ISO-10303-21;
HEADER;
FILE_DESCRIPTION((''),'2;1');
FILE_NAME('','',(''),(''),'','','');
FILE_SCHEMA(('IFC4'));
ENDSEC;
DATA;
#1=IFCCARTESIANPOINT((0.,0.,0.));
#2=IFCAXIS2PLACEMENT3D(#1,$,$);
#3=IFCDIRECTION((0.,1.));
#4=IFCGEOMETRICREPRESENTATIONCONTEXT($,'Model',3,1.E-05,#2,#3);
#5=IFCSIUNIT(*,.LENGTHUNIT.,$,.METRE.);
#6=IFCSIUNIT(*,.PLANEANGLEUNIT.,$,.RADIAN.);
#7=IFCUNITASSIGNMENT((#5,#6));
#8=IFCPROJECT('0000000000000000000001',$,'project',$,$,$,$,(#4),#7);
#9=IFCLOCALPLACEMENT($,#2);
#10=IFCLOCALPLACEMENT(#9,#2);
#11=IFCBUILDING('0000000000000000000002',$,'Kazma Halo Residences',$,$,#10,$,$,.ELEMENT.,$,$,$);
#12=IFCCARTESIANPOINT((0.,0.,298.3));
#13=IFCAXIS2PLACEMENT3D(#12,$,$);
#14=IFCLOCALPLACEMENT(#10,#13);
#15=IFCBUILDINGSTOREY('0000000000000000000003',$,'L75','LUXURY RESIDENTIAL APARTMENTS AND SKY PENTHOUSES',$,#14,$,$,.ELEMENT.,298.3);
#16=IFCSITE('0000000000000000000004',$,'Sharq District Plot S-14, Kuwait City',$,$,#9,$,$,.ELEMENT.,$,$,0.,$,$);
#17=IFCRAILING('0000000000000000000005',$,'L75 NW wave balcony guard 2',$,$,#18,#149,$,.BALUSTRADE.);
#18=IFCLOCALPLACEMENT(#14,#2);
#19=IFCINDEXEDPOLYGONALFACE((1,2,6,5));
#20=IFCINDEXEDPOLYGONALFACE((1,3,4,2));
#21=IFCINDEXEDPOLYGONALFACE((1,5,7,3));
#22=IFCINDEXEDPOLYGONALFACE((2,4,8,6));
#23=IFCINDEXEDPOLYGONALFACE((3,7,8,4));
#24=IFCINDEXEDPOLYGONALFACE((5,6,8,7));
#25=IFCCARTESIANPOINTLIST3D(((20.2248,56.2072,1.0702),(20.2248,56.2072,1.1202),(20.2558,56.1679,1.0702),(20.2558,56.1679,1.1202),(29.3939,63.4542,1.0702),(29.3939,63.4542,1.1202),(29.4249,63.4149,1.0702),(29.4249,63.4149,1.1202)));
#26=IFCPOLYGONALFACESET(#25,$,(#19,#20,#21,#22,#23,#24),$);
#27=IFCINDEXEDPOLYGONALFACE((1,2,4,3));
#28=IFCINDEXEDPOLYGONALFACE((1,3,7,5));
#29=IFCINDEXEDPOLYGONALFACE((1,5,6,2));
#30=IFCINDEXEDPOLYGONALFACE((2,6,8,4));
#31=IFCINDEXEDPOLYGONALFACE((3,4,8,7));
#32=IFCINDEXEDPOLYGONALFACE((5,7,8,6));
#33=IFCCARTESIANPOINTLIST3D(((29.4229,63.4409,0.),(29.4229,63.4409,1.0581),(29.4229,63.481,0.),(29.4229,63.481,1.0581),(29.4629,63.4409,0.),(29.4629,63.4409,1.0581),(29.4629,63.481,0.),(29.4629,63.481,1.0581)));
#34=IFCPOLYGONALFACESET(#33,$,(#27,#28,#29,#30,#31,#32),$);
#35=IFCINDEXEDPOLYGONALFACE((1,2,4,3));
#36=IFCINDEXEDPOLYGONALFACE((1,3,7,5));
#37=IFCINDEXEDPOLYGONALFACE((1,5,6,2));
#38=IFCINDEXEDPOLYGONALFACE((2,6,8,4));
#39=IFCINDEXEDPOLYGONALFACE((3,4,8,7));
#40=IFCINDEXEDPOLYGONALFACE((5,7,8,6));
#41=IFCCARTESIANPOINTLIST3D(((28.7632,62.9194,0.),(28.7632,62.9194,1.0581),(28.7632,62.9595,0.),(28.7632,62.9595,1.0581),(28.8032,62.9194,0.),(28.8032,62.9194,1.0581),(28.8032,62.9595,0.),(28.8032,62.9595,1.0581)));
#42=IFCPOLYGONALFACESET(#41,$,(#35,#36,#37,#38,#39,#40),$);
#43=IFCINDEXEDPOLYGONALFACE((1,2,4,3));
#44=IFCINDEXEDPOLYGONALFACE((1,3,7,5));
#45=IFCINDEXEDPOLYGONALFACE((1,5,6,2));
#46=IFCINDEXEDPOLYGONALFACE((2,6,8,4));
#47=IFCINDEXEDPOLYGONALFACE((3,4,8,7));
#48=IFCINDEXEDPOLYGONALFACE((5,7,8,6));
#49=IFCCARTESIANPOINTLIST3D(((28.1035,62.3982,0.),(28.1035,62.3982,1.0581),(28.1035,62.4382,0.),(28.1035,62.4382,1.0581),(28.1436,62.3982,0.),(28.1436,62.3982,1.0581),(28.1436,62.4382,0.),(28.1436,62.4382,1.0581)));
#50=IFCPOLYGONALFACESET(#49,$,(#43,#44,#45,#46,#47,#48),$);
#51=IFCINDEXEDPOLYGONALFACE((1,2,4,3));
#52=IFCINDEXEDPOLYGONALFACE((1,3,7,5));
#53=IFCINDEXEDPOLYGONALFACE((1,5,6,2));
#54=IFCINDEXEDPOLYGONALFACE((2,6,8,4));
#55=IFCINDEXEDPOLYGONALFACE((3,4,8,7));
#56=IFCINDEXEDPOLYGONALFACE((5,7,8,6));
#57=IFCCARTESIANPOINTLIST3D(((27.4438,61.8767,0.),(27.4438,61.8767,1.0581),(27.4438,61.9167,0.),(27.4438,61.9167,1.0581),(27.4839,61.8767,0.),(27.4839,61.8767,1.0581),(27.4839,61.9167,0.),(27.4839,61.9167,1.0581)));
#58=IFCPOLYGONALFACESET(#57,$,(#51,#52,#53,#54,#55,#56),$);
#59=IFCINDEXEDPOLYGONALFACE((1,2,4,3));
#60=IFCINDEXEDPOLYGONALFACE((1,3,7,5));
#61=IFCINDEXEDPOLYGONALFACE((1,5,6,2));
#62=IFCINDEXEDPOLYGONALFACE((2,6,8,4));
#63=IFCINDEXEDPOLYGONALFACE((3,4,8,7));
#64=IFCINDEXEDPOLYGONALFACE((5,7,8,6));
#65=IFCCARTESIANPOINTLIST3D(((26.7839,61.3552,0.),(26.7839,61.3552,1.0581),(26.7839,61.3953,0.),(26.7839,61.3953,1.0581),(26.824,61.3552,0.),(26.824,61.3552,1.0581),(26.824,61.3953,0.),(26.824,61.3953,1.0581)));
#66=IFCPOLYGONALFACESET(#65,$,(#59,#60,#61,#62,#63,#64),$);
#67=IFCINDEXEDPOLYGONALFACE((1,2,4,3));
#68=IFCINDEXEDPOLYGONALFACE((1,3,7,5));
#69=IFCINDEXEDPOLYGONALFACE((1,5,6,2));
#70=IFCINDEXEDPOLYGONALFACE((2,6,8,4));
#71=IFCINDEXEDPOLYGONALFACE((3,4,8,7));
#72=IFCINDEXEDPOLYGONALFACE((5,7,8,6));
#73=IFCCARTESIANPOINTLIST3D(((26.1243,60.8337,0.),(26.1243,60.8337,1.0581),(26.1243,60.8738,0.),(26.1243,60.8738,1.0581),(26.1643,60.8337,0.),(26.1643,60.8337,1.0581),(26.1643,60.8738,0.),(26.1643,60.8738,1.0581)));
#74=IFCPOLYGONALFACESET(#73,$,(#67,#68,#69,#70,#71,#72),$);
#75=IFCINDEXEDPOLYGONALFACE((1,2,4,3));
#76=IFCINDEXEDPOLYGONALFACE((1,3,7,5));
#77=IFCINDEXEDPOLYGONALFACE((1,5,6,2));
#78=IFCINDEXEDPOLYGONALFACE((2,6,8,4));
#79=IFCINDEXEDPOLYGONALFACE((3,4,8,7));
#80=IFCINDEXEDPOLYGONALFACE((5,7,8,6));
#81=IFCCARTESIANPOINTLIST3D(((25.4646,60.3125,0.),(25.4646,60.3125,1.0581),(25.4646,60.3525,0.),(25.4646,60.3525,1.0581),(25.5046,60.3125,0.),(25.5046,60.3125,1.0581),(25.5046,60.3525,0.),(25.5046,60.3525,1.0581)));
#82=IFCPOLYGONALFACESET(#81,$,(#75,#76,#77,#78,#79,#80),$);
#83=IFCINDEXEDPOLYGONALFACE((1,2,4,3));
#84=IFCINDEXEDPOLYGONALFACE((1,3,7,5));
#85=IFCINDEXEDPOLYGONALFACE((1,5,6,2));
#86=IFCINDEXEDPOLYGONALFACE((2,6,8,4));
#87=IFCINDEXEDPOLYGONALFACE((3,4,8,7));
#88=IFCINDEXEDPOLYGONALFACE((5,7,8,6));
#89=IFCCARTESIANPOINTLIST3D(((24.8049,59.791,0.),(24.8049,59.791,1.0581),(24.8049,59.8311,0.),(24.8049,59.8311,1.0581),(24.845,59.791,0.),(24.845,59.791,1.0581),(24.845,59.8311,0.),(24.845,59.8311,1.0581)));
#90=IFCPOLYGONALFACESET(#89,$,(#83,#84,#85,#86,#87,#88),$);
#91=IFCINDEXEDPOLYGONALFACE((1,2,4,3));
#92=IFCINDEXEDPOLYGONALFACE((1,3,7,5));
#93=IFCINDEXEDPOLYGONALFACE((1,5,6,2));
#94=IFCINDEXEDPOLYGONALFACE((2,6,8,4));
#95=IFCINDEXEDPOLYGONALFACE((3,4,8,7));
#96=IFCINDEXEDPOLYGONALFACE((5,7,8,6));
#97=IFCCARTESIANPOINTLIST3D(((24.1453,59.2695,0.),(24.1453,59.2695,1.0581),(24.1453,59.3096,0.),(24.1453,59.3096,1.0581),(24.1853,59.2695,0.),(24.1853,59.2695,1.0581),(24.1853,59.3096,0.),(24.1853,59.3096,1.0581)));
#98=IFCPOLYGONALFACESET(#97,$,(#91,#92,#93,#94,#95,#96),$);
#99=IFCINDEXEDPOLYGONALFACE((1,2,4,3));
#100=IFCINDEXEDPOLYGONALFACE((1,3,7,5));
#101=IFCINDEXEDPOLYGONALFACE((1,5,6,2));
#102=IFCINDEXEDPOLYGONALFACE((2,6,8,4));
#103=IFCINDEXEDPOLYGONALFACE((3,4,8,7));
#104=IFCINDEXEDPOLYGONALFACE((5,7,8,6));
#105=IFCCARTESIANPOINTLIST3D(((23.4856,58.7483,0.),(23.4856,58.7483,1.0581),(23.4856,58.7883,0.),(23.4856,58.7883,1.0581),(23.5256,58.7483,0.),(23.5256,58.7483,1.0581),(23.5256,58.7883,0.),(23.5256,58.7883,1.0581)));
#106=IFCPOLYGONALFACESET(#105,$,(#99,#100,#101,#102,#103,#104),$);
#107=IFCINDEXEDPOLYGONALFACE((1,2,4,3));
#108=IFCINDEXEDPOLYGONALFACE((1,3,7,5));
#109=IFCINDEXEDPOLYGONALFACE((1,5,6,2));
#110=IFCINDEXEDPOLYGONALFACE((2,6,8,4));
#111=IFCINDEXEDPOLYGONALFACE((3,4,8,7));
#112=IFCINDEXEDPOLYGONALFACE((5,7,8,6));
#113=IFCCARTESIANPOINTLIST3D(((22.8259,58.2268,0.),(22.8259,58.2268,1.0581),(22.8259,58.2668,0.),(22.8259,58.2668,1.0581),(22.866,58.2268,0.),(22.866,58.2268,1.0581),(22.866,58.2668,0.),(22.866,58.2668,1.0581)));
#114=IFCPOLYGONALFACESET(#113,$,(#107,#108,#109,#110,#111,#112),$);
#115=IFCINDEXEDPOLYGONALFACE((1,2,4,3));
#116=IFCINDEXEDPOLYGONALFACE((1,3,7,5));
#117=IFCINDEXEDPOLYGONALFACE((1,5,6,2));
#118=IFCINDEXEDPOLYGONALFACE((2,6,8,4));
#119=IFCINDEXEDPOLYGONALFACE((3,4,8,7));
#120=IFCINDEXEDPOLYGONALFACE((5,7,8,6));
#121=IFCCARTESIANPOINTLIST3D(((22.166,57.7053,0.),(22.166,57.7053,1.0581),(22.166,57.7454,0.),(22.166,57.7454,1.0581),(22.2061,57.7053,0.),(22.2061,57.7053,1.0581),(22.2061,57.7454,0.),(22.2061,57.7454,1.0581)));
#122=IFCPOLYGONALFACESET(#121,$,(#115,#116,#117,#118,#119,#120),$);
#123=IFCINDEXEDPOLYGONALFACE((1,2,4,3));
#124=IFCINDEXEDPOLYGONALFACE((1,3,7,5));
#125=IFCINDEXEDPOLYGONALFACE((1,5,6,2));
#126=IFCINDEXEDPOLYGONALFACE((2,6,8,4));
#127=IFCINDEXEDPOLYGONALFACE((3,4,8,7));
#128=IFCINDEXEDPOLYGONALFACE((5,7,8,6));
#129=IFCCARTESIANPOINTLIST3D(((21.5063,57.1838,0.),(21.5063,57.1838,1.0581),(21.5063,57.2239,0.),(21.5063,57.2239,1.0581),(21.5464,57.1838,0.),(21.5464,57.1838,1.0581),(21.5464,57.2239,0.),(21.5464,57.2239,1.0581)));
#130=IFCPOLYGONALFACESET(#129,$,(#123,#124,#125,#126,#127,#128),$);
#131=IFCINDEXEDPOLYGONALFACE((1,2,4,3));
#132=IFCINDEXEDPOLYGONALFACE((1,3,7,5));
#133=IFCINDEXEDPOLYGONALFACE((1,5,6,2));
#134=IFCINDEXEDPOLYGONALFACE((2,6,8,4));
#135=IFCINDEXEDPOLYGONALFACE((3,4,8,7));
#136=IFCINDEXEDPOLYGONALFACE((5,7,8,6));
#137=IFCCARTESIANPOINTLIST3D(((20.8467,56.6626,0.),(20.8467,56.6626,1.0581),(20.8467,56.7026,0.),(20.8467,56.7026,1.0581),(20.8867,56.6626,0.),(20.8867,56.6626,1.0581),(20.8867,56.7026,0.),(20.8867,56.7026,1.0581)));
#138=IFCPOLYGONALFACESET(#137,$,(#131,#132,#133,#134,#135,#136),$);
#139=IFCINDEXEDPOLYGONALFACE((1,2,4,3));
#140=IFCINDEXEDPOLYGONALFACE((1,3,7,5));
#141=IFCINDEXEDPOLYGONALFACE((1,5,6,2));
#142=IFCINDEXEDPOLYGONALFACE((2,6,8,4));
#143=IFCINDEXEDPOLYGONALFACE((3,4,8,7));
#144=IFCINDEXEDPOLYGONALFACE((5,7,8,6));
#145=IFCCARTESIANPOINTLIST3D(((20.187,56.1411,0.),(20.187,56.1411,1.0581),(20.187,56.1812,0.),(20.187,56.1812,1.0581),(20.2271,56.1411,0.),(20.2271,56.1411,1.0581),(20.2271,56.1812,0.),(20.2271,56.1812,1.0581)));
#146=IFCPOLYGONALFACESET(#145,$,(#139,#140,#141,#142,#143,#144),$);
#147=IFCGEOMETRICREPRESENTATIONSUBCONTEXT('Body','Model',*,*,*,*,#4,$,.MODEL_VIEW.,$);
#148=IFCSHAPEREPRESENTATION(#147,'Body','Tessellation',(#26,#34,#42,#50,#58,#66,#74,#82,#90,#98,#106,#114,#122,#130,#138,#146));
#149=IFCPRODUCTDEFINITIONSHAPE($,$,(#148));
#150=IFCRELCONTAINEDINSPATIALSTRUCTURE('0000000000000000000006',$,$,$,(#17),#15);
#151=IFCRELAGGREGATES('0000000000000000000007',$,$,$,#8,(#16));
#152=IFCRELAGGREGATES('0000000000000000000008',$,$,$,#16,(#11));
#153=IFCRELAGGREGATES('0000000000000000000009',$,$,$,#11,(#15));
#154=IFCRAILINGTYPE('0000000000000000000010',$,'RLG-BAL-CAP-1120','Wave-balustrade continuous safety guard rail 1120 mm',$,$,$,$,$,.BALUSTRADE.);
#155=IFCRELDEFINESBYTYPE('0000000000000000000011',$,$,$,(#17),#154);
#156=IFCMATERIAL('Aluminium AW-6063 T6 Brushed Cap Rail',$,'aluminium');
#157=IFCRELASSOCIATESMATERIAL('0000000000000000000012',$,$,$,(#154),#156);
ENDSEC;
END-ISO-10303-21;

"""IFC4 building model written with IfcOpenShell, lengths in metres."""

from ifc_helpers import new_model, si_unit, direction, frame, origin, origin_2d, place, context, subcontext, project, spatial, rectangle, extrude, material, type_object, element, save


model = new_model("IFC4")

# Units and contexts
model_context = context("Model", 3, precision=1e-05, world=origin(), true_north=direction((0.0, 1.0)))
body_context = subcontext(model_context, "Body", "Model", "MODEL_VIEW")
ifc_project = project(units=[si_unit("LENGTHUNIT", "METRE"), si_unit("PLANEANGLEUNIT", "RADIAN")], contexts=[model_context])

# Site, building, storey
site_placement = place(None, origin())
site = spatial("IfcSite", under=ifc_project, at=site_placement, Name="Sharq District Plot S-14, Kuwait City", CompositionType="ELEMENT", RefElevation=0.0)
building_placement = place(site_placement, origin())
building = spatial("IfcBuilding", under=site, at=building_placement, Name="Kazma Halo Residences", CompositionType="ELEMENT")
storey_placement = place(building_placement, frame((0.0, 0.0, 298.3)))
storey = spatial("IfcBuildingStorey", under=building, at=storey_placement, Name="L75", Description="LUXURY RESIDENTIAL APARTMENTS AND SKY PENTHOUSES", CompositionType="ELEMENT", Elevation=298.3)

# Railing
ifc_material_1 = material(Name="Aluminium AW-6063 T6 Brushed Cap Rail", Category="aluminium")
railing_type = type_object("IfcRailingType", Name="RLG-BAL-CAP-1120", Description="Wave-balustrade continuous safety guard rail 1120 mm", PredefinedType="BALUSTRADE", material=ifc_material_1)
railing_1_placement = place(storey_placement, frame((29.4429, 63.4609, 0.0)))
element("IfcRailing", 1, at=railing_1_placement, inside=storey, type_object=railing_type, Name="L75 NW wave balcony guard 2", PredefinedType="BALUSTRADE", context=body_context, shape_type="SweptSolid", body=[
    extrude(rectangle(XDim=0.05, YDim=0.05, at=origin_2d()), frame((-0.0334, -0.0264, 1.0952), z_axis=(-0.784538, -0.620081, 0.0), x_axis=(0.620081, -0.784538, 0.0)), (0.0, 0.0, 1.0), 11.6873),
    extrude(rectangle(XDim=0.04, YDim=0.04, at=origin_2d()), origin(), (0.0, 0.0, 1.0), 1.0581),
    extrude(rectangle(XDim=0.04, YDim=0.04, at=origin_2d()), frame((-0.6597, -0.5215, 0.0)), (0.0, 0.0, 1.0), 1.0581),
    extrude(rectangle(XDim=0.04, YDim=0.04, at=origin_2d()), frame((-1.3193, -1.0427, 0.0)), (0.0, 0.0, 1.0), 1.0581),
    extrude(rectangle(XDim=0.04, YDim=0.04, at=origin_2d()), frame((-1.979, -1.5642, 0.0)), (0.0, 0.0, 1.0), 1.0581),
    extrude(rectangle(XDim=0.04, YDim=0.04, at=origin_2d()), frame((-2.6389, -2.0857, 0.0)), (0.0, 0.0, 1.0), 1.0581),
    extrude(rectangle(XDim=0.04, YDim=0.04, at=origin_2d()), frame((-3.2986, -2.6072, 0.0)), (0.0, 0.0, 1.0), 1.0581),
    extrude(rectangle(XDim=0.04, YDim=0.04, at=origin_2d()), frame((-3.9583, -3.1284, 0.0)), (0.0, 0.0, 1.0), 1.0581),
    extrude(rectangle(XDim=0.04, YDim=0.04, at=origin_2d()), frame((-4.6179, -3.6499, 0.0)), (0.0, 0.0, 1.0), 1.0581),
    extrude(rectangle(XDim=0.04, YDim=0.04, at=origin_2d()), frame((-5.2776, -4.1714, 0.0)), (0.0, 0.0, 1.0), 1.0581),
    extrude(rectangle(XDim=0.04, YDim=0.04, at=origin_2d()), frame((-5.9373, -4.6926, 0.0)), (0.0, 0.0, 1.0), 1.0581),
    extrude(rectangle(XDim=0.04, YDim=0.04, at=origin_2d()), frame((-6.5969, -5.2141, 0.0)), (0.0, 0.0, 1.0), 1.0581),
    extrude(rectangle(XDim=0.04, YDim=0.04, at=origin_2d()), frame((-7.2568, -5.7356, 0.0)), (0.0, 0.0, 1.0), 1.0581),
    extrude(rectangle(XDim=0.04, YDim=0.04, at=origin_2d()), frame((-7.9165, -6.2571, 0.0)), (0.0, 0.0, 1.0), 1.0581),
    extrude(rectangle(XDim=0.04, YDim=0.04, at=origin_2d()), frame((-8.5762, -6.7783, 0.0)), (0.0, 0.0, 1.0), 1.0581),
    extrude(rectangle(XDim=0.04, YDim=0.04, at=origin_2d()), frame((-9.2358, -7.2998, 0.0)), (0.0, 0.0, 1.0), 1.0581),
])

save(model, "model.ifc")
